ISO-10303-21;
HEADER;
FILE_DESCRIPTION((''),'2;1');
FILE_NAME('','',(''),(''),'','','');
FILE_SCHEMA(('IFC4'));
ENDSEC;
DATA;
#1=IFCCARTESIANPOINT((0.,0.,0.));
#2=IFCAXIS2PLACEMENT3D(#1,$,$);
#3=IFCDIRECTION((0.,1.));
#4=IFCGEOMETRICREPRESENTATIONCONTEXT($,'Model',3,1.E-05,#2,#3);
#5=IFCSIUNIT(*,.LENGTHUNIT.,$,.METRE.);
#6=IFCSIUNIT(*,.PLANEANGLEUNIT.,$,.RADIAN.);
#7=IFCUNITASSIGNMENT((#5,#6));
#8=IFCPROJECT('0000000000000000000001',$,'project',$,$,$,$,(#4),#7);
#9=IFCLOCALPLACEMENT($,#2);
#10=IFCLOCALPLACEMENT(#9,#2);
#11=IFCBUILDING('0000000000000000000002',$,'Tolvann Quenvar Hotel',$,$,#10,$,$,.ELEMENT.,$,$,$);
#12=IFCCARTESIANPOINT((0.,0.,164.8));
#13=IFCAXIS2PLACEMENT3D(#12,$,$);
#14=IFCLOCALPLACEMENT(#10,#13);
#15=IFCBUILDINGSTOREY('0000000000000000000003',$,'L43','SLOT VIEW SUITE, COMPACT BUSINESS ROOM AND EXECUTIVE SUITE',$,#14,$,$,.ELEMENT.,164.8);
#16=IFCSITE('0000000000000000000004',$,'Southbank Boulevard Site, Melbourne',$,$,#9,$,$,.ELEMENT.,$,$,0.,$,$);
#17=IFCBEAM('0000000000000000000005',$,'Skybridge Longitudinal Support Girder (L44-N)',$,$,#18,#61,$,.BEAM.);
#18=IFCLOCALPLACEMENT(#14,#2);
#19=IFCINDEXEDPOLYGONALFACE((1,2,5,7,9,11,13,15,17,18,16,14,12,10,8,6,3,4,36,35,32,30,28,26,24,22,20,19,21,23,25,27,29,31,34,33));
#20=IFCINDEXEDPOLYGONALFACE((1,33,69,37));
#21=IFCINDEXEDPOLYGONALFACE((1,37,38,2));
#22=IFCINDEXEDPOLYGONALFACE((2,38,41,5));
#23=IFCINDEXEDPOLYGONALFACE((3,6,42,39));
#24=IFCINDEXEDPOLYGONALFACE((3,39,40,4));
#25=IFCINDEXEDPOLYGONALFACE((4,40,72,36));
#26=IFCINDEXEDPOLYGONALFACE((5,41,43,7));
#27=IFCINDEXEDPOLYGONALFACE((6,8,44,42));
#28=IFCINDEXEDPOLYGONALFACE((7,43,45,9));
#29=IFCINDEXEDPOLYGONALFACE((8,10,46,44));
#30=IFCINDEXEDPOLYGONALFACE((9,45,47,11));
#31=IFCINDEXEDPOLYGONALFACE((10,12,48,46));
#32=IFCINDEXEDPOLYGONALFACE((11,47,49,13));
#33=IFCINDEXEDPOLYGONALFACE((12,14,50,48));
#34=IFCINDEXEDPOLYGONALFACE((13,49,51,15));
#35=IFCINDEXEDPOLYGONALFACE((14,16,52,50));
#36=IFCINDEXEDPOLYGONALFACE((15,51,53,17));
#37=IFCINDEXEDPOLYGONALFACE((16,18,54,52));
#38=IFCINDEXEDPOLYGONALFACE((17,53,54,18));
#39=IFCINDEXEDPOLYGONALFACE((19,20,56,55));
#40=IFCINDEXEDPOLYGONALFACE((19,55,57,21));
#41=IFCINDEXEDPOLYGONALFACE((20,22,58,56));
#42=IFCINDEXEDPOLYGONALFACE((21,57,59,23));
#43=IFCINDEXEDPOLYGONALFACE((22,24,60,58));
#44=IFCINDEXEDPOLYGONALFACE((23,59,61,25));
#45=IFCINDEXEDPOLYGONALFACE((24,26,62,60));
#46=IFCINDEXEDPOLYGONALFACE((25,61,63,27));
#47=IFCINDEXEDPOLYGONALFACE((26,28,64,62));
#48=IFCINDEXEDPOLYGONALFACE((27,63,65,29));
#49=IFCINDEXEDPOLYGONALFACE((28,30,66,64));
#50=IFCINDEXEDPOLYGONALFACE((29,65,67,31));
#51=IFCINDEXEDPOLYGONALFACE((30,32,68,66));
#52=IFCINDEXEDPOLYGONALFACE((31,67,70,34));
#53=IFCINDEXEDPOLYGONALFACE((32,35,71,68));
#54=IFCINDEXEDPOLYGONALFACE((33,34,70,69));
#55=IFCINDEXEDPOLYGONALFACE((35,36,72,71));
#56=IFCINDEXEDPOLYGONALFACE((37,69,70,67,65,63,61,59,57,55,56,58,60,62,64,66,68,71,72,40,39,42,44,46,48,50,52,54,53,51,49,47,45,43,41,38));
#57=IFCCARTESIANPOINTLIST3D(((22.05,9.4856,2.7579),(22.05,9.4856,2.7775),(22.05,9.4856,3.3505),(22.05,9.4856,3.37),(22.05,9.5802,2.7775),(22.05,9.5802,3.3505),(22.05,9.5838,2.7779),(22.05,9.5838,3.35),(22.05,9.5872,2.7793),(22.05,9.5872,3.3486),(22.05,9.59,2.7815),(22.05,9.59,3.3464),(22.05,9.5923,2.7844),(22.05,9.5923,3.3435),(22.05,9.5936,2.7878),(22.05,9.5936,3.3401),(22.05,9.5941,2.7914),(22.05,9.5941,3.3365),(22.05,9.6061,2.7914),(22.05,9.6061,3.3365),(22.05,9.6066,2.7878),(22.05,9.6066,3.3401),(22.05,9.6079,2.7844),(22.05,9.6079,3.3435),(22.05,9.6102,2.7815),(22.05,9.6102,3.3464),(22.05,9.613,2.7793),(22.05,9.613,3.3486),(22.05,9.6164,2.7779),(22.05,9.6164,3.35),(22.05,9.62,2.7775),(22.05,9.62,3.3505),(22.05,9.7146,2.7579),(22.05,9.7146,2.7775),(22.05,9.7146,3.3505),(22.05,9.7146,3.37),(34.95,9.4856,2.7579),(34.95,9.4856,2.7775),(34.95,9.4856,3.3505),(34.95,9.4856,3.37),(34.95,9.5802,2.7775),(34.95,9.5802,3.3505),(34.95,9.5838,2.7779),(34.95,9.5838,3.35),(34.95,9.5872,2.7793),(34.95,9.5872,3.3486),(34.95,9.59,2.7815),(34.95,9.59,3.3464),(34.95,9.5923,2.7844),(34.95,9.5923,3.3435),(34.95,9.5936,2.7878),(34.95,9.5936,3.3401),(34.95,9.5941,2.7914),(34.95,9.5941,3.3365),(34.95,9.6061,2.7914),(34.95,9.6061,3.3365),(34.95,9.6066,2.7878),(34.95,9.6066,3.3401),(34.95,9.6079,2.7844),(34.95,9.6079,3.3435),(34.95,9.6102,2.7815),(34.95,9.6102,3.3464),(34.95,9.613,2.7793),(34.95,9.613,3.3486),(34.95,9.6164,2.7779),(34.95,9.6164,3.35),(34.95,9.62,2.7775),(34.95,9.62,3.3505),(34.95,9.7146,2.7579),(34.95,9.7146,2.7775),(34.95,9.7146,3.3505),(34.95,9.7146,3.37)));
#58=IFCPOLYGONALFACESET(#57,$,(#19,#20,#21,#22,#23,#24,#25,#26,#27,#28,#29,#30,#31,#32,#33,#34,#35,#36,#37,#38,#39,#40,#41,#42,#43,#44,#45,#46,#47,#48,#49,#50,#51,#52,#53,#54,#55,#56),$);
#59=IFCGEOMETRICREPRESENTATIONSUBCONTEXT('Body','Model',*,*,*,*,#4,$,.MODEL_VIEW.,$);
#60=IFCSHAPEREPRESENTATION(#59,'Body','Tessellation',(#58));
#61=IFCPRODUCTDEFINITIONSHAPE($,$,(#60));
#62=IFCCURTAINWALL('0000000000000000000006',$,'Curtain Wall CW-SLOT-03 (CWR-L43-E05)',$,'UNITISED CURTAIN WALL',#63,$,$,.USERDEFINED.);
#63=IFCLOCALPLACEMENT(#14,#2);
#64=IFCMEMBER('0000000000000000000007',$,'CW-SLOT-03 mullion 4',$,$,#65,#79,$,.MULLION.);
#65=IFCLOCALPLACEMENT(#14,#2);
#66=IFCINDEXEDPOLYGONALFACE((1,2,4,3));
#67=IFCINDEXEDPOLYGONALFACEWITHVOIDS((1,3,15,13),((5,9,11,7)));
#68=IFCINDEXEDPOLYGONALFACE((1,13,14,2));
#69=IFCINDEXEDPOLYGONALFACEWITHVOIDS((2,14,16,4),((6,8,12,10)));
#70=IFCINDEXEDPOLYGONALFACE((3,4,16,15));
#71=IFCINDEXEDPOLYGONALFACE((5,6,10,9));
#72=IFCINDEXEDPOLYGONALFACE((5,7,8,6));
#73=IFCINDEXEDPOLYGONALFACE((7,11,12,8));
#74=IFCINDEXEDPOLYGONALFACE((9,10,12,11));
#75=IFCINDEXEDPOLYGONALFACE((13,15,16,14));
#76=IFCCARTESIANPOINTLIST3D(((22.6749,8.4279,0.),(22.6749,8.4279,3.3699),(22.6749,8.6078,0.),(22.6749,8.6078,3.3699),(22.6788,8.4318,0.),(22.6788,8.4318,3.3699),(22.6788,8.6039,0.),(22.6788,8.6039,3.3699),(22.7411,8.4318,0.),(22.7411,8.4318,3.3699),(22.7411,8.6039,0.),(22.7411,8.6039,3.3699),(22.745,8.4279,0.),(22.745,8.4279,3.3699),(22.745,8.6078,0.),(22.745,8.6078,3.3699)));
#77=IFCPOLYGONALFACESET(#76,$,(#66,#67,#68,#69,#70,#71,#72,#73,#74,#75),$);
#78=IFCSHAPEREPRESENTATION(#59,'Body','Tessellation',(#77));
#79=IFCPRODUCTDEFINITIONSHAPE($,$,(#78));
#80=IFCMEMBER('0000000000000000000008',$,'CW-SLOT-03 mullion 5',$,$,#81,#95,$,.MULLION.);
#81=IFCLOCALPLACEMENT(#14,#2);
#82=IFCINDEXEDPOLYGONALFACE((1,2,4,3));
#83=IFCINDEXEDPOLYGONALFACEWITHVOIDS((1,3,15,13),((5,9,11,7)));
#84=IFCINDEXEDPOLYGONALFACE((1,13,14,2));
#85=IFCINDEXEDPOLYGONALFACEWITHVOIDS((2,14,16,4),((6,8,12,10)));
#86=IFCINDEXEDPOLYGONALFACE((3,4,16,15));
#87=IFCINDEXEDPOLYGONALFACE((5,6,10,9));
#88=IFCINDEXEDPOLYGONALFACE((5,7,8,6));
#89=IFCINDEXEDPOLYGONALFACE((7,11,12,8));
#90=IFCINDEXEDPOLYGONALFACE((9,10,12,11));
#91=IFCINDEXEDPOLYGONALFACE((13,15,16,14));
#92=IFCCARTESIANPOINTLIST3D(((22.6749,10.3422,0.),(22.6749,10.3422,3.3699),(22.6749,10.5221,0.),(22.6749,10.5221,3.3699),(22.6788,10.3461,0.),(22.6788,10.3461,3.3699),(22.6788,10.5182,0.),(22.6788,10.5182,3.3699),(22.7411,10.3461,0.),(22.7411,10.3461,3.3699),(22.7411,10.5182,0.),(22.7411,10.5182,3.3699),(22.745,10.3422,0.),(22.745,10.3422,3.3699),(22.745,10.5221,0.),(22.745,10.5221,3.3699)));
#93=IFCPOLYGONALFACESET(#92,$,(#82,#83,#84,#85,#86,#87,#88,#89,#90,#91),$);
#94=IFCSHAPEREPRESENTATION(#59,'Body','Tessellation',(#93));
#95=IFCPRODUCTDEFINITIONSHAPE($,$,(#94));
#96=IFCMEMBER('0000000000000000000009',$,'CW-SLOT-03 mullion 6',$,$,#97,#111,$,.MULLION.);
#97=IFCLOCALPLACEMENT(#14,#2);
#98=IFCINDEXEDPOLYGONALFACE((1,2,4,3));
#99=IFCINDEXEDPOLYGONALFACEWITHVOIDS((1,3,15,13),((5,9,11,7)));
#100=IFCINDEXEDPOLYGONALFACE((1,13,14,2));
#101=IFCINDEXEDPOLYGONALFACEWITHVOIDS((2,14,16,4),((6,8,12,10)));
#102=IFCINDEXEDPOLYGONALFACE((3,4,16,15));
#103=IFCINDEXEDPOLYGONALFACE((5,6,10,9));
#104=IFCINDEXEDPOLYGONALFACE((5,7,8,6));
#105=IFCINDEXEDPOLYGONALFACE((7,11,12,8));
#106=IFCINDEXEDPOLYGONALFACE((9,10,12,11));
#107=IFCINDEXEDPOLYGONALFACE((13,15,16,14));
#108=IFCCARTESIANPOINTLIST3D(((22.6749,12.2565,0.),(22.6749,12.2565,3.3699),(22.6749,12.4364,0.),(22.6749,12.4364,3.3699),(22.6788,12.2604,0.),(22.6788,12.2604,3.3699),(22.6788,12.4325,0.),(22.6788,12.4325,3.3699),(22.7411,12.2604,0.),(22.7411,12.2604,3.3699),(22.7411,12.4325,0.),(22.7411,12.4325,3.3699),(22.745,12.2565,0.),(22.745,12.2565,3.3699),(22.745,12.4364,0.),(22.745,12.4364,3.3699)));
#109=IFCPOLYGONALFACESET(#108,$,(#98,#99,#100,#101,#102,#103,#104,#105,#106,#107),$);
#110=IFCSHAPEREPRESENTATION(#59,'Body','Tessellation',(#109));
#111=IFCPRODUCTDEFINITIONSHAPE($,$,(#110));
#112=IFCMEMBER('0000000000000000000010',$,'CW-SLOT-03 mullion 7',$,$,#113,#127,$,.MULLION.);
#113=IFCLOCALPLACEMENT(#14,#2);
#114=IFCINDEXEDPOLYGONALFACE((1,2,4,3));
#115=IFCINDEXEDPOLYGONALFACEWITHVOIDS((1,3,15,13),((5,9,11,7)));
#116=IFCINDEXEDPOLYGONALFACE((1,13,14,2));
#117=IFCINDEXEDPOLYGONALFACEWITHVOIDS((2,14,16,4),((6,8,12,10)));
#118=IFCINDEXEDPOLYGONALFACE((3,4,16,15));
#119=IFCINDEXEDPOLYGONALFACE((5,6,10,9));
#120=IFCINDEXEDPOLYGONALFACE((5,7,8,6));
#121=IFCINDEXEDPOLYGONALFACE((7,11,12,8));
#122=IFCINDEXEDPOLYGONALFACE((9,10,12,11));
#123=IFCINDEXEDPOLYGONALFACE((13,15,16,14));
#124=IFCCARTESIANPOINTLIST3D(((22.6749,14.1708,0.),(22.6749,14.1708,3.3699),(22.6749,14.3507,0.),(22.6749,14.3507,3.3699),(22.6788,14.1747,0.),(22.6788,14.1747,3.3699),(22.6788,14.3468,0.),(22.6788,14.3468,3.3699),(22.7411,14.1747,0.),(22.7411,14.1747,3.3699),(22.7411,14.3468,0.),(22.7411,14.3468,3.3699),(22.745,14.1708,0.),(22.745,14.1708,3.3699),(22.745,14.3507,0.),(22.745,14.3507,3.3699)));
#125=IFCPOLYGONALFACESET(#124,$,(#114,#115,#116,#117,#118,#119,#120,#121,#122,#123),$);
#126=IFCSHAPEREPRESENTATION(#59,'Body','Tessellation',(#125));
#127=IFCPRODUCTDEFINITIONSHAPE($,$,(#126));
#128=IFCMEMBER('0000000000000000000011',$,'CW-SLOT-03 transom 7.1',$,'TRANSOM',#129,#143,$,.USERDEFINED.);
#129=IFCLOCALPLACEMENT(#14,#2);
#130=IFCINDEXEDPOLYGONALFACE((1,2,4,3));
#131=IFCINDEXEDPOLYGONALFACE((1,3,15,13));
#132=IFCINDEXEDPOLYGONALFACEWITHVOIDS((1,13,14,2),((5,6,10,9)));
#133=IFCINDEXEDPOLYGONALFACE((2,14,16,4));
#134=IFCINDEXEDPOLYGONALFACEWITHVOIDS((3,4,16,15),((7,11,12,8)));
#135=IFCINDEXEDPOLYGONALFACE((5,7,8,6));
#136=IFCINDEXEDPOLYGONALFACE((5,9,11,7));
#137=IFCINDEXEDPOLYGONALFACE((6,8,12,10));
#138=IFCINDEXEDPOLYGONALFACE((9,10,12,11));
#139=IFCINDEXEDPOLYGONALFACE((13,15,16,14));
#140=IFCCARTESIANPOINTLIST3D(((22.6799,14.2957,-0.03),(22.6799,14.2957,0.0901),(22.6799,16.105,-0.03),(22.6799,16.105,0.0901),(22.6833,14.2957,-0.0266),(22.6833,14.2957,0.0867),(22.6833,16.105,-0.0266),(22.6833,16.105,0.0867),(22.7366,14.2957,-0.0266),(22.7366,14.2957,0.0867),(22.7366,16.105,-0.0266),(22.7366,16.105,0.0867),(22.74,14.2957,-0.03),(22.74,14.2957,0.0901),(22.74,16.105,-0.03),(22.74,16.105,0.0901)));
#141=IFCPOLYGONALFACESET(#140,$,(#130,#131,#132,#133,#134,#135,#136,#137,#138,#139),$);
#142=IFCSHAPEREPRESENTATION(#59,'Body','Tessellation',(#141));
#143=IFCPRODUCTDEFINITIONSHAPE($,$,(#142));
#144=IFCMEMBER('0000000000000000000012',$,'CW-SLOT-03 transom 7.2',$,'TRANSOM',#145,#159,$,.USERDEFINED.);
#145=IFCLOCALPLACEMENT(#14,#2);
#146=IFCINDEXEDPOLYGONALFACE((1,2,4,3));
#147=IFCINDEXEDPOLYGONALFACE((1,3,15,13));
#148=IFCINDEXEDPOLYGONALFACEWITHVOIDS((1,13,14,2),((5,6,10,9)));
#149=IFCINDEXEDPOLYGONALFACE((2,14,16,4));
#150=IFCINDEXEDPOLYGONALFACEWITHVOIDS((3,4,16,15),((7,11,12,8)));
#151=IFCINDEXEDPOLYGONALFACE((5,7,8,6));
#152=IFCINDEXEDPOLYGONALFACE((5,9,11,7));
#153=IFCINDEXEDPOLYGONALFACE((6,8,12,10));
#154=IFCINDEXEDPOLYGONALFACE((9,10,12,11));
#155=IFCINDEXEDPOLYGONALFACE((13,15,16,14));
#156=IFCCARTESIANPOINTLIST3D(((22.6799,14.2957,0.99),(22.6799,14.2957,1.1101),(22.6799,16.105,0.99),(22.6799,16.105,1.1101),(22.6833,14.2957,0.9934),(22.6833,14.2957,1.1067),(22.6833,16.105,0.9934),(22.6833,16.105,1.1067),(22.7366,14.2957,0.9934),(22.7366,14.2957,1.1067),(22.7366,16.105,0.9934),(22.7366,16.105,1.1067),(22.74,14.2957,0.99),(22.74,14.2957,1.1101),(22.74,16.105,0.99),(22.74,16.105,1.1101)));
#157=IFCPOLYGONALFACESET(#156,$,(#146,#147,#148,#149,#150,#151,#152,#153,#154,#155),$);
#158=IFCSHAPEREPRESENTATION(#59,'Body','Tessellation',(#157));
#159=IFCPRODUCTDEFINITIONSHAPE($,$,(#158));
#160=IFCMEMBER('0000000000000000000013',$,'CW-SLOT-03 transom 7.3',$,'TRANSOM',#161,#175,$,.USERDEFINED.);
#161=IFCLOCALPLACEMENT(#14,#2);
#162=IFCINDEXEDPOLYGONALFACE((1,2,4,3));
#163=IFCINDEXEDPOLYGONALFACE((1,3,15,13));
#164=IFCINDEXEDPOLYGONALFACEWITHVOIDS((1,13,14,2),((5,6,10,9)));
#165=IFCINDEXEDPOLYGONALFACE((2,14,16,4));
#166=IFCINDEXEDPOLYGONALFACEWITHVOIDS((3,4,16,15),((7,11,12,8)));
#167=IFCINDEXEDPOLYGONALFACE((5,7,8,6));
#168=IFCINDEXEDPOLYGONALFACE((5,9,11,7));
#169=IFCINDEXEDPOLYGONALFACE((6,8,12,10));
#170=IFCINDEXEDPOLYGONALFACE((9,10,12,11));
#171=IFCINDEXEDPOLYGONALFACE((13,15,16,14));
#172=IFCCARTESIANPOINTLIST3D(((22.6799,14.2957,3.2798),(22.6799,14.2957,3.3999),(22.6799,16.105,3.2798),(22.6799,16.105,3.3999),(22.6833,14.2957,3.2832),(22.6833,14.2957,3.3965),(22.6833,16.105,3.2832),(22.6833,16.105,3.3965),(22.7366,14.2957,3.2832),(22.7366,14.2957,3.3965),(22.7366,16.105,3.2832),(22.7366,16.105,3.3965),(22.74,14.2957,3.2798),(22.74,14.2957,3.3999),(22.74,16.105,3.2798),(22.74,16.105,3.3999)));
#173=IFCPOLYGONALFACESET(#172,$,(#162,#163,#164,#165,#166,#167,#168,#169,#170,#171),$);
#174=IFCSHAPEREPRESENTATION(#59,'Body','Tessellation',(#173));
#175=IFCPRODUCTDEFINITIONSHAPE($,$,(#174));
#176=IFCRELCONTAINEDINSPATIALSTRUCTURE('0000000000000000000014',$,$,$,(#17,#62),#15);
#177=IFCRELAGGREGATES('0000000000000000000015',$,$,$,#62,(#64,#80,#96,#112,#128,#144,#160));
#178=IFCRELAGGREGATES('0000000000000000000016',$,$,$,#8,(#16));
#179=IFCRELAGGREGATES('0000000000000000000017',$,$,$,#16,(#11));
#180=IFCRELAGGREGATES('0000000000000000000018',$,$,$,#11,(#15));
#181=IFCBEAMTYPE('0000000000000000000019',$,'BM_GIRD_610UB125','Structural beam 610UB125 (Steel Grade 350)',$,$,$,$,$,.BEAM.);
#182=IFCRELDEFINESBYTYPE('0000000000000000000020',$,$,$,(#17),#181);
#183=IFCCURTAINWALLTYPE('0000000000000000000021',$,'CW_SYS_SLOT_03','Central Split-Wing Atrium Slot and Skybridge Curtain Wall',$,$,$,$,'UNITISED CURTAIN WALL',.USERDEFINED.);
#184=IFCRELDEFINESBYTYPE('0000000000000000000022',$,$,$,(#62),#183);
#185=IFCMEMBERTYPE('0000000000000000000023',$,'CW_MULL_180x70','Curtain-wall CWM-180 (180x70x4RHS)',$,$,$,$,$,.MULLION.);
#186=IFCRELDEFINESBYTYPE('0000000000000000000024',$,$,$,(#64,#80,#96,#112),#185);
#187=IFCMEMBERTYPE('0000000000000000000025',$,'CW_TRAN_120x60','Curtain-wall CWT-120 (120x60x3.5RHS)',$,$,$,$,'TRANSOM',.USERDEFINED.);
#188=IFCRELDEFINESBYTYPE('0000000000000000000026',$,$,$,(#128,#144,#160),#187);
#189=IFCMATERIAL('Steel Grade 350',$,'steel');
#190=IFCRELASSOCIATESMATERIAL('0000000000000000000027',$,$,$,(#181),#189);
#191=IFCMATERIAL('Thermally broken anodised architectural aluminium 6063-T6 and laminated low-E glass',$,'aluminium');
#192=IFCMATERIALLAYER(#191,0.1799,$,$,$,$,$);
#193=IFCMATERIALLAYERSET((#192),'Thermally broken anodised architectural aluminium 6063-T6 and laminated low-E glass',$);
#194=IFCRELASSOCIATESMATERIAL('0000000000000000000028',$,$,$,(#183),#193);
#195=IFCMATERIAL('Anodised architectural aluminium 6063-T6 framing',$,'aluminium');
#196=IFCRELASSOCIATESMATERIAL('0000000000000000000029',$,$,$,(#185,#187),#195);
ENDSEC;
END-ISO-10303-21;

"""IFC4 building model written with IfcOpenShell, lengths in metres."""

from ifc_helpers import new_model, si_unit, direction, frame, origin, origin_2d, place, context, subcontext, project, spatial, hollow_rectangle, i_section, extrude, source, transform, mapped, material, layer, layer_set, material_profile, profile_set, type_object, type_shapes, element, aggregate, save


model = new_model("IFC4")

# Units and contexts
model_context = context("Model", 3, precision=1e-05, world=origin(), true_north=direction((0.0, 1.0)))
body_context = subcontext(model_context, "Body", "Model", "MODEL_VIEW")
ifc_project = project(units=[si_unit("LENGTHUNIT", "METRE"), si_unit("PLANEANGLEUNIT", "RADIAN")], contexts=[model_context])

# Site, building, storey
site_placement = place(None, origin())
site = spatial("IfcSite", under=ifc_project, at=site_placement, Name="Southbank Boulevard Site, Melbourne", CompositionType="ELEMENT", RefElevation=0.0)
building_placement = place(site_placement, origin())
building = spatial("IfcBuilding", under=site, at=building_placement, Name="Tolvann Quenvar Hotel", CompositionType="ELEMENT")
storey_placement = place(building_placement, frame((0.0, 0.0, 164.8)))
storey = spatial("IfcBuildingStorey", under=building, at=storey_placement, Name="L43", Description="SLOT VIEW SUITE, COMPACT BUSINESS ROOM AND EXECUTIVE SUITE", CompositionType="ELEMENT", Elevation=164.8)

# Beam
ifc_material_1 = material(Name="Steel Grade 350", Category="steel")
ifc_material_profile_1 = material_profile(ifc_material_1, i_section(OverallWidth=0.229, OverallDepth=0.6121, WebThickness=0.012, FlangeThickness=0.0195, FilletRadius=0.0139, at=origin_2d()), Name="610UB125")
ifc_profile_set_1 = profile_set([ifc_material_profile_1], Name="Steel Grade 350")
beam_type = type_object("IfcBeamType", Name="BM_GIRD_610UB125", Description="Structural beam 610UB125 (Steel Grade 350)", PredefinedType="BEAM", material=ifc_profile_set_1)
shared_shape_1 = source(origin(), body_context, "Body", "SweptSolid", [
    extrude(i_section(OverallWidth=0.229, OverallDepth=0.6121, WebThickness=0.012, FlangeThickness=0.0195, FilletRadius=0.0139, at=origin_2d()), origin(), (0.0, 0.0, 1.0), 12.8999),
])
type_shapes(beam_type, [shared_shape_1])
beam_placement = place(storey_placement, frame((22.05, 9.6001, 3.064), z_axis=(1.0, 0.0, 0.0), x_axis=(0.0, 1.0, 0.0)))
element("IfcBeam", 1, at=beam_placement, inside=storey, type_object=beam_type, Name="Skybridge Longitudinal Support Girder (L44-N)", PredefinedType="BEAM", context=body_context, shape_type="MappedRepresentation", body=[
    mapped(shared_shape_1, transform((0.0, 0.0, 0.0), x_axis=(1.0, 0.0, 0.0), y_axis=(0.0, 1.0, 0.0), z_axis=(0.0, 0.0, 1.0), scale=1.0)),
])

# Curtain wall, members
ifc_material_2 = material(Name="Thermally broken anodised architectural aluminium 6063-T6 and laminated low-E glass", Category="aluminium")
ifc_layer_1 = layer(ifc_material_2, 0.1799)
ifc_layer_set_1 = layer_set([ifc_layer_1], Name="Thermally broken anodised architectural aluminium 6063-T6 and laminated low-E glass")
curtain_wall_type = type_object("IfcCurtainWallType", Name="CW_SYS_SLOT_03", Description="Central Split-Wing Atrium Slot and Skybridge Curtain Wall", ElementType="UNITISED CURTAIN WALL", PredefinedType="USERDEFINED", material=ifc_layer_set_1)
curtain_wall_placement = place(storey_placement, origin())
curtain_wall = element("IfcCurtainWall", 2, at=curtain_wall_placement, inside=storey, type_object=curtain_wall_type, Name="Curtain Wall CW-SLOT-03 (CWR-L43-E05)", ObjectType="UNITISED CURTAIN WALL", PredefinedType="USERDEFINED")
ifc_material_3 = material(Name="Anodised architectural aluminium 6063-T6 framing", Category="aluminium")
ifc_material_profile_2 = material_profile(ifc_material_3, hollow_rectangle(XDim=0.0701, YDim=0.1799, WallThickness=0.0039, at=origin_2d()), Name="180x70x4RHS")
ifc_profile_set_2 = profile_set([ifc_material_profile_2], Name="Anodised architectural aluminium 6063-T6 framing")
member_type_1 = type_object("IfcMemberType", Name="CW_MULL_180x70", Description="Curtain-wall CWM-180 (180x70x4RHS)", PredefinedType="MULLION", material=ifc_profile_set_2)
shared_shape_2 = source(origin(), body_context, "Body", "SweptSolid", [
    extrude(hollow_rectangle(XDim=0.0701, YDim=0.1799, WallThickness=0.0039, at=origin_2d()), origin(), (0.0, 0.0, 1.0), 3.3699),
])
type_shapes(member_type_1, [shared_shape_2])
member_1_placement = place(storey_placement, frame((22.71, 8.5178, 0.0), z_axis=(0.0, 0.0, 1.0), x_axis=(-1.0, 0.0, 0.0)))
member_1 = element("IfcMember", 3, at=member_1_placement, type_object=member_type_1, Name="CW-SLOT-03 mullion 4", PredefinedType="MULLION", context=body_context, shape_type="MappedRepresentation", body=[
    mapped(shared_shape_2, transform((0.0, 0.0, 0.0), x_axis=(1.0, 0.0, 0.0), y_axis=(0.0, 1.0, 0.0), z_axis=(0.0, 0.0, 1.0), scale=1.0)),
])
member_2_placement = place(storey_placement, frame((22.71, 10.4321, 0.0), z_axis=(0.0, 0.0, 1.0), x_axis=(-1.0, 0.0, 0.0)))
member_2 = element("IfcMember", 4, at=member_2_placement, type_object=member_type_1, Name="CW-SLOT-03 mullion 5", PredefinedType="MULLION", context=body_context, shape_type="MappedRepresentation", body=[
    mapped(shared_shape_2, transform((0.0, 0.0, 0.0), x_axis=(1.0, 0.0, 0.0), y_axis=(0.0, 1.0, 0.0), z_axis=(0.0, 0.0, 1.0), scale=1.0)),
])
member_3_placement = place(storey_placement, frame((22.71, 12.3464, 0.0), z_axis=(0.0, 0.0, 1.0), x_axis=(-1.0, 0.0, 0.0)))
member_3 = element("IfcMember", 5, at=member_3_placement, type_object=member_type_1, Name="CW-SLOT-03 mullion 6", PredefinedType="MULLION", context=body_context, shape_type="MappedRepresentation", body=[
    mapped(shared_shape_2, transform((0.0, 0.0, 0.0), x_axis=(1.0, 0.0, 0.0), y_axis=(0.0, 1.0, 0.0), z_axis=(0.0, 0.0, 1.0), scale=1.0)),
])
member_4_placement = place(storey_placement, frame((22.71, 14.2607, 0.0), z_axis=(0.0, 0.0, 1.0), x_axis=(-1.0, 0.0, 0.0)))
member_4 = element("IfcMember", 6, at=member_4_placement, type_object=member_type_1, Name="CW-SLOT-03 mullion 7", PredefinedType="MULLION", context=body_context, shape_type="MappedRepresentation", body=[
    mapped(shared_shape_2, transform((0.0, 0.0, 0.0), x_axis=(1.0, 0.0, 0.0), y_axis=(0.0, 1.0, 0.0), z_axis=(0.0, 0.0, 1.0), scale=1.0)),
])
ifc_material_profile_3 = material_profile(ifc_material_3, hollow_rectangle(XDim=0.0601, YDim=0.1201, WallThickness=0.0034, at=origin_2d()), Name="120x60x3.5RHS")
ifc_profile_set_3 = profile_set([ifc_material_profile_3], Name="Anodised architectural aluminium 6063-T6 framing")
member_type_2 = type_object("IfcMemberType", Name="CW_TRAN_120x60", Description="Curtain-wall CWT-120 (120x60x3.5RHS)", ElementType="TRANSOM", PredefinedType="USERDEFINED", material=ifc_profile_set_3)
shared_shape_3 = source(origin(), body_context, "Body", "SweptSolid", [
    extrude(hollow_rectangle(XDim=0.0601, YDim=0.1201, WallThickness=0.0034, at=origin_2d()), origin(), (0.0, 0.0, 1.0), 1.8093),
])
member_5_placement = place(storey_placement, frame((22.71, 14.2957, 0.03), z_axis=(0.0, 1.0, 0.0), x_axis=(-1.0, 0.0, 0.0)))
member_5 = element("IfcMember", 7, at=member_5_placement, type_object=member_type_2, Name="CW-SLOT-03 transom 7.1", ObjectType="TRANSOM", PredefinedType="USERDEFINED", context=body_context, shape_type="MappedRepresentation", body=[
    mapped(shared_shape_3, transform((0.0, 0.0, 0.0), x_axis=(1.0, 0.0, 0.0), y_axis=(0.0, 1.0, 0.0), z_axis=(0.0, 0.0, 1.0), scale=1.0)),
])
member_6_placement = place(storey_placement, frame((22.71, 14.2957, 1.05), z_axis=(0.0, 1.0, 0.0), x_axis=(-1.0, 0.0, 0.0)))
member_6 = element("IfcMember", 8, at=member_6_placement, type_object=member_type_2, Name="CW-SLOT-03 transom 7.2", ObjectType="TRANSOM", PredefinedType="USERDEFINED", context=body_context, shape_type="MappedRepresentation", body=[
    mapped(shared_shape_3, transform((0.0, 0.0, 0.0), x_axis=(1.0, 0.0, 0.0), y_axis=(0.0, 1.0, 0.0), z_axis=(0.0, 0.0, 1.0), scale=1.0)),
])
member_7_placement = place(storey_placement, frame((22.71, 14.2957, 3.3398), z_axis=(0.0, 1.0, 0.0), x_axis=(-1.0, 0.0, 0.0)))
member_7 = element("IfcMember", 9, at=member_7_placement, type_object=member_type_2, Name="CW-SLOT-03 transom 7.3", ObjectType="TRANSOM", PredefinedType="USERDEFINED", context=body_context, shape_type="MappedRepresentation", body=[
    mapped(shared_shape_3, transform((0.0, 0.0, 0.0), x_axis=(1.0, 0.0, 0.0), y_axis=(0.0, 1.0, 0.0), z_axis=(0.0, 0.0, 1.0), scale=1.0)),
])
aggregate(curtain_wall, [member_1, member_2, member_3, member_4, member_5, member_6, member_7])

save(model, "model.ifc")
